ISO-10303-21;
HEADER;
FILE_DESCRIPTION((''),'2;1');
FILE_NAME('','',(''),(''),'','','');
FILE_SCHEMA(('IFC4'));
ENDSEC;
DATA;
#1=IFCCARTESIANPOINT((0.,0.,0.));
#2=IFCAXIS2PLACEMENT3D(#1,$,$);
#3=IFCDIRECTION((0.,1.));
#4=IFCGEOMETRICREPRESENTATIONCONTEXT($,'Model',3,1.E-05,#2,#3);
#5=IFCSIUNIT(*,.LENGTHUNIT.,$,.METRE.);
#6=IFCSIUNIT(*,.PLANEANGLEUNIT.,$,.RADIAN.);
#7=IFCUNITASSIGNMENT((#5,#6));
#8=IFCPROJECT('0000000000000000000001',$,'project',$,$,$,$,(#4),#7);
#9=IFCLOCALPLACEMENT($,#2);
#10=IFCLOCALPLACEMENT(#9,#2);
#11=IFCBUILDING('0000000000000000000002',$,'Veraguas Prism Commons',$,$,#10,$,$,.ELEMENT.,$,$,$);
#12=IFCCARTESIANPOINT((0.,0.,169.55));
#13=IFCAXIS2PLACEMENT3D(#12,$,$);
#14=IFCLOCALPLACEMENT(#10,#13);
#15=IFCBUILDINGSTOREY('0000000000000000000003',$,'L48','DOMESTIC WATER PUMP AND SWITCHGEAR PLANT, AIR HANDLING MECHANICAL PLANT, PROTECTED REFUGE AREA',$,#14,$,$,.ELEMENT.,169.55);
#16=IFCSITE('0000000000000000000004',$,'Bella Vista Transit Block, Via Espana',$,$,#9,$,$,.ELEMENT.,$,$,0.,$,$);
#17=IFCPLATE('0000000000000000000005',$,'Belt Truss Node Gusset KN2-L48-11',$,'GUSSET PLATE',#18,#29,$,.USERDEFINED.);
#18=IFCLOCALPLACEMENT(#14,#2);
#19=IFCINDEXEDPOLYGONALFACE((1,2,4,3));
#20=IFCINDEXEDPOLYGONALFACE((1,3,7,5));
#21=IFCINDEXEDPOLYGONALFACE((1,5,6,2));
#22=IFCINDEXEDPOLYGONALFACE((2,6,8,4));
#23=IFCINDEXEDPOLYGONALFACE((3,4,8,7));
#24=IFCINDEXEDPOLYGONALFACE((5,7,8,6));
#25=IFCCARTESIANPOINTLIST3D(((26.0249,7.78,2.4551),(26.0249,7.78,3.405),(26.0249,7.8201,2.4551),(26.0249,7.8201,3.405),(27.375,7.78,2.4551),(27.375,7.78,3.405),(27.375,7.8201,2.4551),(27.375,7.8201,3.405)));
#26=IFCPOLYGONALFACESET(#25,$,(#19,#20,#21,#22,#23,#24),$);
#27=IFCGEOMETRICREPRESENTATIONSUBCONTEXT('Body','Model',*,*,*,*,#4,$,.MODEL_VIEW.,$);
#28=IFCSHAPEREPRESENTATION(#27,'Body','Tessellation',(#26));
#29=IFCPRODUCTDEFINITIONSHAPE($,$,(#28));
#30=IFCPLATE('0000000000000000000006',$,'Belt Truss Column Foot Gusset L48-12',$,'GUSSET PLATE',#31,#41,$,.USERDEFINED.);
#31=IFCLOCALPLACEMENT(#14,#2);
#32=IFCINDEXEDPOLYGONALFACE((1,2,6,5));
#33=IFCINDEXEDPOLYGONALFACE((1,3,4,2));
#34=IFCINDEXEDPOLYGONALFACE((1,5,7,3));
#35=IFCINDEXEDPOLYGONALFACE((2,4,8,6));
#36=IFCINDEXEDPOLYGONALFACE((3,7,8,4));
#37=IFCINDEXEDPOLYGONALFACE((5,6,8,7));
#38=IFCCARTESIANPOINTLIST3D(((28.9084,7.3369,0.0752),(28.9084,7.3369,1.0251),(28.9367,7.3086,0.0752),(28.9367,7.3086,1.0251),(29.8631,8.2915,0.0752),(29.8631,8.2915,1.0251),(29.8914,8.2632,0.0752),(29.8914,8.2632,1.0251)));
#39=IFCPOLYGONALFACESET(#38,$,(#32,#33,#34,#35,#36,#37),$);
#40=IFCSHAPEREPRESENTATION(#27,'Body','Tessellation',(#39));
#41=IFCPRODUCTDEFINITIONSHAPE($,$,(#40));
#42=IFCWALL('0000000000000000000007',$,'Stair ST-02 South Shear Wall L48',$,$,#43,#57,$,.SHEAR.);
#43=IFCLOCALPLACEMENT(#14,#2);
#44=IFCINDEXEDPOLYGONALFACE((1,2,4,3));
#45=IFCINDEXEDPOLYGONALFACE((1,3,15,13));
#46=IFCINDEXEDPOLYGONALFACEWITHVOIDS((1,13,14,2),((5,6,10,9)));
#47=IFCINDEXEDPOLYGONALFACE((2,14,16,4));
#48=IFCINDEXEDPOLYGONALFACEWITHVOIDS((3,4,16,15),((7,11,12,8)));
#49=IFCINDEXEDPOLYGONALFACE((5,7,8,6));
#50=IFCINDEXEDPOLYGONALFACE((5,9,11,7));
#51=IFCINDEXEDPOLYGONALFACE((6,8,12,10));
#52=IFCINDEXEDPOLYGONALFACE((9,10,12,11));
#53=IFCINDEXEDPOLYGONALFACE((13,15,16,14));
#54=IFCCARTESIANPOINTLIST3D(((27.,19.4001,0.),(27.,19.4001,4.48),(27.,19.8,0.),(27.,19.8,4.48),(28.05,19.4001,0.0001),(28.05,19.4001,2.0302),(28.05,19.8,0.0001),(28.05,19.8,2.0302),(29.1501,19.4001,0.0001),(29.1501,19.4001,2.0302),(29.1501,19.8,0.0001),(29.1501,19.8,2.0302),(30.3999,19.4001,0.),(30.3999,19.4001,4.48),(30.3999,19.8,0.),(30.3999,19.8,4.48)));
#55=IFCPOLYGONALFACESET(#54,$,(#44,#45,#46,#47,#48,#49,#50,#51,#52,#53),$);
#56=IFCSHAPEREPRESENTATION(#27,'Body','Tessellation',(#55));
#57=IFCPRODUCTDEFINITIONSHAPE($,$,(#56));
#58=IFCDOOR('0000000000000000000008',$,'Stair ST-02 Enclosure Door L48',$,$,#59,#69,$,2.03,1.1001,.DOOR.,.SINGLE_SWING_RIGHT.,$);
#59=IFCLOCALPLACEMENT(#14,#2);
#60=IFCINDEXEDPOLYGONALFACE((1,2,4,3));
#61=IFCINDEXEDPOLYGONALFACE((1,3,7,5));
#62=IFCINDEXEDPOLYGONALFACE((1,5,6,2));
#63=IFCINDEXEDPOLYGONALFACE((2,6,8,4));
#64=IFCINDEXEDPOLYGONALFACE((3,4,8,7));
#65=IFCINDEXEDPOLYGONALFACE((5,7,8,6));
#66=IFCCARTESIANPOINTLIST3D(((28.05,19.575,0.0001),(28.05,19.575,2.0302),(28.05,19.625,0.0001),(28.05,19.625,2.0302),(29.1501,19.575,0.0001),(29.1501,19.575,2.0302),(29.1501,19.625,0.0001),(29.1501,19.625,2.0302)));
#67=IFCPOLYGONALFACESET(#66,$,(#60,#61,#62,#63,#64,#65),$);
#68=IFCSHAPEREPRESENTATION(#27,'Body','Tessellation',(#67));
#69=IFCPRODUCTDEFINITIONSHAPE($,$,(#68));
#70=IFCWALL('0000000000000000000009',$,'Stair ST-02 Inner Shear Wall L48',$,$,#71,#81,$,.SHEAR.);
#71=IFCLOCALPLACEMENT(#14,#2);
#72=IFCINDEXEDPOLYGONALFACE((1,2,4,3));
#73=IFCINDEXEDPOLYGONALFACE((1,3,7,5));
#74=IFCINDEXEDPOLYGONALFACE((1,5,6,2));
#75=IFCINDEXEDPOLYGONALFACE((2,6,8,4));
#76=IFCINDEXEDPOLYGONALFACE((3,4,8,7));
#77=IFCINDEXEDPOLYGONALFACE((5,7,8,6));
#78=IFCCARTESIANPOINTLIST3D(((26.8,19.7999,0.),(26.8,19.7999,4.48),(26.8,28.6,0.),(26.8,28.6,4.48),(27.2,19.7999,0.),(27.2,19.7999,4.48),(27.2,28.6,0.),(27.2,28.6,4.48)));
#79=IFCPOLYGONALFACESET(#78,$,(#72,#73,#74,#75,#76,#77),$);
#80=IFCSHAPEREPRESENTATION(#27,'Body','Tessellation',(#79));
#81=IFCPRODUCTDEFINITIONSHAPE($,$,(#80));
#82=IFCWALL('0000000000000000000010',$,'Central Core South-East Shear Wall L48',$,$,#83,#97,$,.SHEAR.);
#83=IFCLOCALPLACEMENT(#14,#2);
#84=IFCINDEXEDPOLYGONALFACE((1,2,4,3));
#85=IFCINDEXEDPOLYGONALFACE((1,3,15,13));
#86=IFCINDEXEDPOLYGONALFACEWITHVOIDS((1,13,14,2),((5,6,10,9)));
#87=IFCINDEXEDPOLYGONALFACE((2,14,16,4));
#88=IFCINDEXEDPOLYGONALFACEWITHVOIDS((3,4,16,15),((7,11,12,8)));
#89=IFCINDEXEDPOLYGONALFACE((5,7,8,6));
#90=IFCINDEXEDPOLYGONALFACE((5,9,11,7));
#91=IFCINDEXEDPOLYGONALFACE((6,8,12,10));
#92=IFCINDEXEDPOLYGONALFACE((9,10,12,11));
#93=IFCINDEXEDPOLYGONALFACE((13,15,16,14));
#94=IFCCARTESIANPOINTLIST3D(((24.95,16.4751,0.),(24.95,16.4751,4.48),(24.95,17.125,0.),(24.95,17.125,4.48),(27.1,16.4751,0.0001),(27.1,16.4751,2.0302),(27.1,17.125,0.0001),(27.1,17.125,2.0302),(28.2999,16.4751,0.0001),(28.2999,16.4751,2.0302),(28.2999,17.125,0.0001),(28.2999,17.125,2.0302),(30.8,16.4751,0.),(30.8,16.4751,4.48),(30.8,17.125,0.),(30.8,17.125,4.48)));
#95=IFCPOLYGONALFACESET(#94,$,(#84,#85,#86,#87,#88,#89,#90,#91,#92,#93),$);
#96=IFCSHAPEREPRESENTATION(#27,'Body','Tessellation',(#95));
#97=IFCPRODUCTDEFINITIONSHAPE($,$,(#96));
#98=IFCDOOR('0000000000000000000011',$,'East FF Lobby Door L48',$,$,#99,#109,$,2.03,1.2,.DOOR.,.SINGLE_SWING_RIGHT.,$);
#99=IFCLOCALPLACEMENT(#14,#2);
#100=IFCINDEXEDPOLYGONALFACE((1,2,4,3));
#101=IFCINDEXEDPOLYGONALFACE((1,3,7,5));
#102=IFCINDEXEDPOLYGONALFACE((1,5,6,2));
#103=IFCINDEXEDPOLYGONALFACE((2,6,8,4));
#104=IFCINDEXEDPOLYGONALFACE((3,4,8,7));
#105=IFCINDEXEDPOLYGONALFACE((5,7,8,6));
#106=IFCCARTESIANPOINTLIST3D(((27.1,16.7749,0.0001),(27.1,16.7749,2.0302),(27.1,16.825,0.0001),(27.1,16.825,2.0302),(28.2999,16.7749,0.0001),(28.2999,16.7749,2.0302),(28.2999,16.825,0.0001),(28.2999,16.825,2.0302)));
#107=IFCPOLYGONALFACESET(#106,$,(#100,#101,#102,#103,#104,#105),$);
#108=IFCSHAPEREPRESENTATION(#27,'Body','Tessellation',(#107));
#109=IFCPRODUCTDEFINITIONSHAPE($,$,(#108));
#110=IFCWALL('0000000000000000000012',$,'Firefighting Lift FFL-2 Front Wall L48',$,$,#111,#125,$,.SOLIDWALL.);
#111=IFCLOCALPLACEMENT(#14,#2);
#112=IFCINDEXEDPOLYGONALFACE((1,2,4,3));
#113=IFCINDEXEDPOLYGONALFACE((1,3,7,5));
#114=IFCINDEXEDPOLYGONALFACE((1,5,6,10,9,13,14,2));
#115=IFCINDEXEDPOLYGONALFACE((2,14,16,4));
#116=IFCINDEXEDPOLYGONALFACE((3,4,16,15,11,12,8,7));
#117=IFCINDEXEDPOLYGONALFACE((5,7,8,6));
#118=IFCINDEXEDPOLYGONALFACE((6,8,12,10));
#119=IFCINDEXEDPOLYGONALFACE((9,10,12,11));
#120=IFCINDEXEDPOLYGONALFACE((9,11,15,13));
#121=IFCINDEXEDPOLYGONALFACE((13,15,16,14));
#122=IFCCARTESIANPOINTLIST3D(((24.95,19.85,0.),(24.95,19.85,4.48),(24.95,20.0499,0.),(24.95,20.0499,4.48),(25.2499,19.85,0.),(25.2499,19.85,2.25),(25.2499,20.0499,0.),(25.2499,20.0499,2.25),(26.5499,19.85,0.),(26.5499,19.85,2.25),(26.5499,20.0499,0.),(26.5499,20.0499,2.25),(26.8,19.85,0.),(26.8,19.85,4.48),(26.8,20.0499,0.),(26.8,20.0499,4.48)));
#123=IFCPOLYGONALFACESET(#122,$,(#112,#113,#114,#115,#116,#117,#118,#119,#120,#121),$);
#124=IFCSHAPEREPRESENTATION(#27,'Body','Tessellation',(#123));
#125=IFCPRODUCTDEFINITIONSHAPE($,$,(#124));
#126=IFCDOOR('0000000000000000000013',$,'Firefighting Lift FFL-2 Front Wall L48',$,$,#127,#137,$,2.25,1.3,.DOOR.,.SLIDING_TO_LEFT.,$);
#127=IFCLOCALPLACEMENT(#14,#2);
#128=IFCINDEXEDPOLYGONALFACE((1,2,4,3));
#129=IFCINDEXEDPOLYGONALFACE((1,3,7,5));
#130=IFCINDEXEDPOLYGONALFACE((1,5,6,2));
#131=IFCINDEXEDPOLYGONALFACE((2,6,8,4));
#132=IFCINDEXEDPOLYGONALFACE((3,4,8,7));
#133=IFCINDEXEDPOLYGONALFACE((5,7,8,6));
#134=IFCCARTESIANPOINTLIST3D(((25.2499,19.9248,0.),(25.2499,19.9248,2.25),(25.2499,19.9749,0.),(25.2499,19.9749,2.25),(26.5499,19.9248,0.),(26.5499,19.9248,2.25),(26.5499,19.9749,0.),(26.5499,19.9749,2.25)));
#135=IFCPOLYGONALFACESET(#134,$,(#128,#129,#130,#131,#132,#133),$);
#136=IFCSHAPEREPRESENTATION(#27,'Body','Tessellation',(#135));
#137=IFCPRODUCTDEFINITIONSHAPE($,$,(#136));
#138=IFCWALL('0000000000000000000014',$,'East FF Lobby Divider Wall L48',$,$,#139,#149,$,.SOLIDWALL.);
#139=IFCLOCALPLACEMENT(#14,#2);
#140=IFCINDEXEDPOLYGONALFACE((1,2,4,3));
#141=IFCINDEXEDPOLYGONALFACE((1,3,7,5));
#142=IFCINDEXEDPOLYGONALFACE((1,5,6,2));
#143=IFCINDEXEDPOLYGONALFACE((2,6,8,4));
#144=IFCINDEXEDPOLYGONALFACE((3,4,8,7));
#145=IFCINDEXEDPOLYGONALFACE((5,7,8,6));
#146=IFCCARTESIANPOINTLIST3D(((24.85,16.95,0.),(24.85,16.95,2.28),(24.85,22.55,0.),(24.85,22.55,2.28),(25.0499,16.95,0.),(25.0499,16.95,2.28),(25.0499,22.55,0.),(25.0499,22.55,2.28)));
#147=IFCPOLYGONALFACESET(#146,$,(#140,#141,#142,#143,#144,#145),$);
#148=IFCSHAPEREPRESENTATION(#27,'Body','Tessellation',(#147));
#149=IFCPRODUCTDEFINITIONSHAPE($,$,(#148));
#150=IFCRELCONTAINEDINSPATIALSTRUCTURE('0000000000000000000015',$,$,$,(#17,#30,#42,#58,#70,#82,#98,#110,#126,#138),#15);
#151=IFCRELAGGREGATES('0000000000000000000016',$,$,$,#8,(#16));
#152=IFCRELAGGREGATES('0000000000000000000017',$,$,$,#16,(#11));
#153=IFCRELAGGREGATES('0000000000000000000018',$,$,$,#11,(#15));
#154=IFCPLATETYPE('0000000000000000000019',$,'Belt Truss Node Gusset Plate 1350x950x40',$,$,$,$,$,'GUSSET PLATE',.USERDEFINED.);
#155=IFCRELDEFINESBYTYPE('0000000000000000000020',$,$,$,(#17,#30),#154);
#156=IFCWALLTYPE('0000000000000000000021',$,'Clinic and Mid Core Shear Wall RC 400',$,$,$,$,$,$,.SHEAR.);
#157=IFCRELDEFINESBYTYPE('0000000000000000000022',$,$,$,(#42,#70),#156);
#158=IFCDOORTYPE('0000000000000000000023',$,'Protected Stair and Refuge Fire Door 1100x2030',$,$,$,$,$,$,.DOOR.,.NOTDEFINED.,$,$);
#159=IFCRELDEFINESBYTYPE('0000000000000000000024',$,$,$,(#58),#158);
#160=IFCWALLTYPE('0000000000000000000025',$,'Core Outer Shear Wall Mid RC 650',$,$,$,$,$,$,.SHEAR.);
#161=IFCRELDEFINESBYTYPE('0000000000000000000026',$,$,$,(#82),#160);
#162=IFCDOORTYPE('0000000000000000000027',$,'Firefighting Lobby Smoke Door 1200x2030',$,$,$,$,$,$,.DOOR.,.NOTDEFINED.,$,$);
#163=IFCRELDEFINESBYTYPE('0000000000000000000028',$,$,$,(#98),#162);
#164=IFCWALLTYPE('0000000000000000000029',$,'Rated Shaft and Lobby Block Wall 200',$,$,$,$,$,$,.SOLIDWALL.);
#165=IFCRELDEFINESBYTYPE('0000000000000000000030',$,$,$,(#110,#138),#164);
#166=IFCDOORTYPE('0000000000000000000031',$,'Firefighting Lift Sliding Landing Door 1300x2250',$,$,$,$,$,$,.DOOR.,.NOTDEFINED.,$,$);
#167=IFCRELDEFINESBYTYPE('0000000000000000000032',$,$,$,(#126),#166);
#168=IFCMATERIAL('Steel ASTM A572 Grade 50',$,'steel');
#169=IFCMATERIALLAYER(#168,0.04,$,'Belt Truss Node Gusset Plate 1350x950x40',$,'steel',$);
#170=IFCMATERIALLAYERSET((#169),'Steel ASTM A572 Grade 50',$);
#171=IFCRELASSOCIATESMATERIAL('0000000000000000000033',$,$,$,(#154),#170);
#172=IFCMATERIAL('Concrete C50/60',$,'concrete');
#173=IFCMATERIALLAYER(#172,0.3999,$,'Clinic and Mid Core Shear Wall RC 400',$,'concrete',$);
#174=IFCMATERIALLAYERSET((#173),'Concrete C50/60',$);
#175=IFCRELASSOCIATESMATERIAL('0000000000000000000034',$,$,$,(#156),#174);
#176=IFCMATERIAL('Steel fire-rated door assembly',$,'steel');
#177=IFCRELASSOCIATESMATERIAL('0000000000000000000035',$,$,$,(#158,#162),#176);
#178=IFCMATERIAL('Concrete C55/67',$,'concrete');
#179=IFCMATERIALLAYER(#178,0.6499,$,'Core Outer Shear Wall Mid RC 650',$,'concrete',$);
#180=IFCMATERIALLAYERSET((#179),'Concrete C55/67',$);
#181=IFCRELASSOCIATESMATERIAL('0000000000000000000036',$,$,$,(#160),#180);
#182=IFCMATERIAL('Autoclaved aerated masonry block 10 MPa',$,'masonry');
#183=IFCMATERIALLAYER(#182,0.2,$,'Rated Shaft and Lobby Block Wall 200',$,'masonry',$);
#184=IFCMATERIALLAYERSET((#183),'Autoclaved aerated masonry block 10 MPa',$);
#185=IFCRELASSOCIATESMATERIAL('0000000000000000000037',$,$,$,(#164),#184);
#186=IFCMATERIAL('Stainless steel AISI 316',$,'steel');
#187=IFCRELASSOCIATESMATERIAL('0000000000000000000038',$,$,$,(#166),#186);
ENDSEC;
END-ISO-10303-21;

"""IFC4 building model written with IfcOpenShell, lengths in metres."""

from ifc_helpers import new_model, si_unit, direction, frame, frame_2d, origin, origin_2d, place, context, subcontext, project, spatial, rectangle, extrude, source, transform, mapped, material, layer, layer_set, type_object, element, fill, save


model = new_model("IFC4")

# Units and contexts
model_context = context("Model", 3, precision=1e-05, world=origin(), true_north=direction((0.0, 1.0)))
body_context = subcontext(model_context, "Body", "Model", "MODEL_VIEW")
ifc_project = project(units=[si_unit("LENGTHUNIT", "METRE"), si_unit("PLANEANGLEUNIT", "RADIAN")], contexts=[model_context])

# Site, building, storey
site_placement = place(None, origin())
site = spatial("IfcSite", under=ifc_project, at=site_placement, Name="Bella Vista Transit Block, Via Espana", CompositionType="ELEMENT", RefElevation=0.0)
building_placement = place(site_placement, origin())
building = spatial("IfcBuilding", under=site, at=building_placement, Name="Veraguas Prism Commons", CompositionType="ELEMENT")
storey_placement = place(building_placement, frame((0.0, 0.0, 169.55)))
storey = spatial("IfcBuildingStorey", under=building, at=storey_placement, Name="L48", Description="DOMESTIC WATER PUMP AND SWITCHGEAR PLANT, AIR HANDLING MECHANICAL PLANT, PROTECTED REFUGE AREA", CompositionType="ELEMENT", Elevation=169.55)

# Shared definitions
ifc_material_1 = material(Name="Concrete C50/60", Category="concrete")

# Plates
ifc_material_2 = material(Name="Steel ASTM A572 Grade 50", Category="steel")
ifc_layer_1 = layer(ifc_material_2, 0.04, Name="Belt Truss Node Gusset Plate 1350x950x40", Category="steel")
ifc_layer_set_1 = layer_set([ifc_layer_1], Name="Steel ASTM A572 Grade 50")
plate_type_1 = type_object("IfcPlateType", Name="Belt Truss Node Gusset Plate 1350x950x40", ElementType="GUSSET PLATE", PredefinedType="USERDEFINED", material=ifc_layer_set_1)
shared_shape_1 = source(origin(), body_context, "Body", "SweptSolid", [
    extrude(rectangle(XDim=1.3501, YDim=0.04, at=origin_2d()), origin(), (0.0, 0.0, 1.0), 0.95),
])
for number, where, z_axis, x_axis, name in (
    (1, (26.7, 7.8, 2.4551), (0.0, 0.0, 1.0), (1.0, 0.0, 0.0), "Belt Truss Node Gusset KN2-L48-11"),
    (2, (29.3999, 7.8, 0.0752), (0.0, 0.0, 1.0), (0.707107, 0.707107, 0.0), "Belt Truss Column Foot Gusset L48-12"),
):
    element("IfcPlate", number, at=place(storey_placement, frame(where, z_axis=z_axis, x_axis=x_axis)), inside=storey, type_object=plate_type_1, Name=name, ObjectType="GUSSET PLATE", PredefinedType="USERDEFINED", context=body_context, shape_type="MappedRepresentation", body=[
        mapped(shared_shape_1, transform((0.0, 0.0, 0.0), scale=1.0)),
    ])

# Wall, opening, door
ifc_layer_2 = layer(ifc_material_1, 0.3999, Name="Clinic and Mid Core Shear Wall RC 400", Category="concrete")
ifc_layer_set_2 = layer_set([ifc_layer_2], Name="Concrete C50/60")
wall_type_1 = type_object("IfcWallType", Name="Clinic and Mid Core Shear Wall RC 400", PredefinedType="SHEAR", material=ifc_layer_set_2)
wall_1_placement = place(storey_placement, frame((27.0, 19.6001, 0.0), z_axis=(0.0, 0.0, 1.0), x_axis=(1.0, 0.0, 0.0)))
wall_1 = element("IfcWall", 3, at=wall_1_placement, inside=storey, type_object=wall_type_1, Name="Stair ST-02 South Shear Wall L48", PredefinedType="SHEAR", context=body_context, shape_type="SweptSolid", body=[
    extrude(rectangle(XDim=3.3999, YDim=0.3999, at=frame_2d((1.7, 0.0))), origin(), (0.0, 0.0, 1.0), 4.48),
])
opening_1_placement = place(wall_1_placement, frame((1.05, 0.0, 0.0)))
opening_1 = element("IfcOpeningElement", 4, at=opening_1_placement, cuts=wall_1, PredefinedType="OPENING", context=body_context, shape_type="SweptSolid", body=[
    extrude(rectangle(XDim=1.1001, YDim=2.03, at=frame_2d((0.55, 1.0151))), frame((0.0, 0.21, 0.0), z_axis=(0.0, -1.0, 0.0), x_axis=(1.0, 0.0, 0.0)), (0.0, 0.0, 1.0), 0.4199),
])
ifc_material_3 = material(Name="Steel fire-rated door assembly", Category="steel")
door_type_1 = type_object("IfcDoorType", Name="Protected Stair and Refuge Fire Door 1100x2030", OperationType="NOTDEFINED", PredefinedType="DOOR", material=ifc_material_3)
shared_shape_2 = source(origin(), body_context, "Body", "SweptSolid", [
    extrude(rectangle(XDim=1.1001, YDim=2.03, at=frame_2d((0.55, 1.0151))), frame((0.0, 0.0249, 0.0), z_axis=(0.0, -1.0, 0.0), x_axis=(1.0, 0.0, 0.0)), (0.0, 0.0, 1.0), 0.05),
])
door_1_placement = place(opening_1_placement, origin())
door_1 = element("IfcDoor", 5, at=door_1_placement, inside=storey, type_object=door_type_1, Name="Stair ST-02 Enclosure Door L48", OperationType="SINGLE_SWING_RIGHT", OverallHeight=2.03, OverallWidth=1.1001, PredefinedType="DOOR", context=body_context, shape_type="MappedRepresentation", body=[
    mapped(shared_shape_2, transform((0.0, 0.0, 0.0), scale=1.0)),
])
fill(opening_1, door_1)

# Wall
wall_2_placement = place(storey_placement, frame((27.0, 19.8, 0.0), z_axis=(0.0, 0.0, 1.0), x_axis=(0.0, 1.0, 0.0)))
element("IfcWall", 6, at=wall_2_placement, inside=storey, type_object=wall_type_1, Name="Stair ST-02 Inner Shear Wall L48", PredefinedType="SHEAR", context=body_context, shape_type="SweptSolid", body=[
    extrude(rectangle(XDim=8.8, YDim=0.3999, at=frame_2d((4.3999, 0.0))), origin(), (0.0, 0.0, 1.0), 4.48),
])

# Walls, openings, doors
ifc_material_4 = material(Name="Concrete C55/67", Category="concrete")
ifc_layer_3 = layer(ifc_material_4, 0.6499, Name="Core Outer Shear Wall Mid RC 650", Category="concrete")
ifc_layer_set_3 = layer_set([ifc_layer_3], Name="Concrete C55/67")
wall_type_2 = type_object("IfcWallType", Name="Core Outer Shear Wall Mid RC 650", PredefinedType="SHEAR", material=ifc_layer_set_3)
wall_3_placement = place(storey_placement, frame((24.95, 16.8, 0.0), z_axis=(0.0, 0.0, 1.0), x_axis=(1.0, 0.0, 0.0)))
wall_3 = element("IfcWall", 7, at=wall_3_placement, inside=storey, type_object=wall_type_2, Name="Central Core South-East Shear Wall L48", PredefinedType="SHEAR", context=body_context, shape_type="SweptSolid", body=[
    extrude(rectangle(XDim=5.8501, YDim=0.6499, at=frame_2d((2.925, 0.0))), origin(), (0.0, 0.0, 1.0), 4.48),
])
opening_2_placement = place(wall_3_placement, frame((2.1499, 0.0, 0.0)))
opening_2 = element("IfcOpeningElement", 8, at=opening_2_placement, cuts=wall_3, PredefinedType="OPENING", context=body_context, shape_type="SweptSolid", body=[
    extrude(rectangle(XDim=1.2, YDim=2.03, at=frame_2d((0.6001, 1.0151))), frame((0.0, 0.335, 0.0), z_axis=(0.0, -1.0, 0.0), x_axis=(1.0, 0.0, 0.0)), (0.0, 0.0, 1.0), 0.6699),
])
door_type_2 = type_object("IfcDoorType", Name="Firefighting Lobby Smoke Door 1200x2030", OperationType="NOTDEFINED", PredefinedType="DOOR", material=ifc_material_3)
shared_shape_3 = source(origin(), body_context, "Body", "SweptSolid", [
    extrude(rectangle(XDim=1.2, YDim=2.03, at=frame_2d((0.6001, 1.0151))), frame((0.0, 0.0249, 0.0), z_axis=(0.0, -1.0, 0.0), x_axis=(1.0, 0.0, 0.0)), (0.0, 0.0, 1.0), 0.05),
])
door_2_placement = place(opening_2_placement, origin())
door_2 = element("IfcDoor", 9, at=door_2_placement, inside=storey, type_object=door_type_2, Name="East FF Lobby Door L48", OperationType="SINGLE_SWING_RIGHT", OverallHeight=2.03, OverallWidth=1.2, PredefinedType="DOOR", context=body_context, shape_type="MappedRepresentation", body=[
    mapped(shared_shape_3, transform((0.0, 0.0, 0.0), scale=1.0)),
])
fill(opening_2, door_2)
ifc_material_5 = material(Name="Autoclaved aerated masonry block 10 MPa", Category="masonry")
ifc_layer_4 = layer(ifc_material_5, 0.2, Name="Rated Shaft and Lobby Block Wall 200", Category="masonry")
ifc_layer_set_4 = layer_set([ifc_layer_4], Name="Autoclaved aerated masonry block 10 MPa")
wall_type_3 = type_object("IfcWallType", Name="Rated Shaft and Lobby Block Wall 200", PredefinedType="SOLIDWALL", material=ifc_layer_set_4)
wall_4_placement = place(storey_placement, frame((24.95, 19.95, 0.0), z_axis=(0.0, 0.0, 1.0), x_axis=(1.0, 0.0, 0.0)))
wall_4 = element("IfcWall", 10, at=wall_4_placement, inside=storey, type_object=wall_type_3, Name="Firefighting Lift FFL-2 Front Wall L48", PredefinedType="SOLIDWALL", context=body_context, shape_type="SweptSolid", body=[
    extrude(rectangle(XDim=1.8501, YDim=0.2, at=frame_2d((0.925, 0.0))), origin(), (0.0, 0.0, 1.0), 4.48),
])
opening_3_placement = place(wall_4_placement, frame((0.3, 0.0, 0.0)))
opening_3 = element("IfcOpeningElement", 11, at=opening_3_placement, cuts=wall_4, PredefinedType="OPENING", context=body_context, shape_type="SweptSolid", body=[
    extrude(rectangle(XDim=1.3, YDim=2.25, at=frame_2d((0.6499, 1.125))), frame((0.0, 0.1099, 0.0), z_axis=(0.0, -1.0, 0.0), x_axis=(1.0, 0.0, 0.0)), (0.0, 0.0, 1.0), 0.22),
])
ifc_material_6 = material(Name="Stainless steel AISI 316", Category="steel")
door_type_3 = type_object("IfcDoorType", Name="Firefighting Lift Sliding Landing Door 1300x2250", OperationType="NOTDEFINED", PredefinedType="DOOR", material=ifc_material_6)
shared_shape_4 = source(origin(), body_context, "Body", "SweptSolid", [
    extrude(rectangle(XDim=1.3, YDim=2.25, at=frame_2d((0.6499, 1.125))), frame((0.0, 0.0249, 0.0), z_axis=(0.0, -1.0, 0.0), x_axis=(1.0, 0.0, 0.0)), (0.0, 0.0, 1.0), 0.05),
])
door_3_placement = place(opening_3_placement, origin())
door_3 = element("IfcDoor", 12, at=door_3_placement, inside=storey, type_object=door_type_3, Name="Firefighting Lift FFL-2 Front Wall L48", OperationType="SLIDING_TO_LEFT", OverallHeight=2.25, OverallWidth=1.3, PredefinedType="DOOR", context=body_context, shape_type="MappedRepresentation", body=[
    mapped(shared_shape_4, transform((0.0, 0.0, 0.0), scale=1.0)),
])
fill(opening_3, door_3)

# Wall
wall_5_placement = place(storey_placement, frame((24.95, 16.95, 0.0), z_axis=(0.0, 0.0, 1.0), x_axis=(0.0, 1.0, 0.0)))
element("IfcWall", 13, at=wall_5_placement, inside=storey, type_object=wall_type_3, Name="East FF Lobby Divider Wall L48", PredefinedType="SOLIDWALL", context=body_context, shape_type="SweptSolid", body=[
    extrude(rectangle(XDim=5.6001, YDim=0.2, at=frame_2d((2.8, 0.0))), origin(), (0.0, 0.0, 1.0), 2.28),
])

save(model, "model.ifc")
